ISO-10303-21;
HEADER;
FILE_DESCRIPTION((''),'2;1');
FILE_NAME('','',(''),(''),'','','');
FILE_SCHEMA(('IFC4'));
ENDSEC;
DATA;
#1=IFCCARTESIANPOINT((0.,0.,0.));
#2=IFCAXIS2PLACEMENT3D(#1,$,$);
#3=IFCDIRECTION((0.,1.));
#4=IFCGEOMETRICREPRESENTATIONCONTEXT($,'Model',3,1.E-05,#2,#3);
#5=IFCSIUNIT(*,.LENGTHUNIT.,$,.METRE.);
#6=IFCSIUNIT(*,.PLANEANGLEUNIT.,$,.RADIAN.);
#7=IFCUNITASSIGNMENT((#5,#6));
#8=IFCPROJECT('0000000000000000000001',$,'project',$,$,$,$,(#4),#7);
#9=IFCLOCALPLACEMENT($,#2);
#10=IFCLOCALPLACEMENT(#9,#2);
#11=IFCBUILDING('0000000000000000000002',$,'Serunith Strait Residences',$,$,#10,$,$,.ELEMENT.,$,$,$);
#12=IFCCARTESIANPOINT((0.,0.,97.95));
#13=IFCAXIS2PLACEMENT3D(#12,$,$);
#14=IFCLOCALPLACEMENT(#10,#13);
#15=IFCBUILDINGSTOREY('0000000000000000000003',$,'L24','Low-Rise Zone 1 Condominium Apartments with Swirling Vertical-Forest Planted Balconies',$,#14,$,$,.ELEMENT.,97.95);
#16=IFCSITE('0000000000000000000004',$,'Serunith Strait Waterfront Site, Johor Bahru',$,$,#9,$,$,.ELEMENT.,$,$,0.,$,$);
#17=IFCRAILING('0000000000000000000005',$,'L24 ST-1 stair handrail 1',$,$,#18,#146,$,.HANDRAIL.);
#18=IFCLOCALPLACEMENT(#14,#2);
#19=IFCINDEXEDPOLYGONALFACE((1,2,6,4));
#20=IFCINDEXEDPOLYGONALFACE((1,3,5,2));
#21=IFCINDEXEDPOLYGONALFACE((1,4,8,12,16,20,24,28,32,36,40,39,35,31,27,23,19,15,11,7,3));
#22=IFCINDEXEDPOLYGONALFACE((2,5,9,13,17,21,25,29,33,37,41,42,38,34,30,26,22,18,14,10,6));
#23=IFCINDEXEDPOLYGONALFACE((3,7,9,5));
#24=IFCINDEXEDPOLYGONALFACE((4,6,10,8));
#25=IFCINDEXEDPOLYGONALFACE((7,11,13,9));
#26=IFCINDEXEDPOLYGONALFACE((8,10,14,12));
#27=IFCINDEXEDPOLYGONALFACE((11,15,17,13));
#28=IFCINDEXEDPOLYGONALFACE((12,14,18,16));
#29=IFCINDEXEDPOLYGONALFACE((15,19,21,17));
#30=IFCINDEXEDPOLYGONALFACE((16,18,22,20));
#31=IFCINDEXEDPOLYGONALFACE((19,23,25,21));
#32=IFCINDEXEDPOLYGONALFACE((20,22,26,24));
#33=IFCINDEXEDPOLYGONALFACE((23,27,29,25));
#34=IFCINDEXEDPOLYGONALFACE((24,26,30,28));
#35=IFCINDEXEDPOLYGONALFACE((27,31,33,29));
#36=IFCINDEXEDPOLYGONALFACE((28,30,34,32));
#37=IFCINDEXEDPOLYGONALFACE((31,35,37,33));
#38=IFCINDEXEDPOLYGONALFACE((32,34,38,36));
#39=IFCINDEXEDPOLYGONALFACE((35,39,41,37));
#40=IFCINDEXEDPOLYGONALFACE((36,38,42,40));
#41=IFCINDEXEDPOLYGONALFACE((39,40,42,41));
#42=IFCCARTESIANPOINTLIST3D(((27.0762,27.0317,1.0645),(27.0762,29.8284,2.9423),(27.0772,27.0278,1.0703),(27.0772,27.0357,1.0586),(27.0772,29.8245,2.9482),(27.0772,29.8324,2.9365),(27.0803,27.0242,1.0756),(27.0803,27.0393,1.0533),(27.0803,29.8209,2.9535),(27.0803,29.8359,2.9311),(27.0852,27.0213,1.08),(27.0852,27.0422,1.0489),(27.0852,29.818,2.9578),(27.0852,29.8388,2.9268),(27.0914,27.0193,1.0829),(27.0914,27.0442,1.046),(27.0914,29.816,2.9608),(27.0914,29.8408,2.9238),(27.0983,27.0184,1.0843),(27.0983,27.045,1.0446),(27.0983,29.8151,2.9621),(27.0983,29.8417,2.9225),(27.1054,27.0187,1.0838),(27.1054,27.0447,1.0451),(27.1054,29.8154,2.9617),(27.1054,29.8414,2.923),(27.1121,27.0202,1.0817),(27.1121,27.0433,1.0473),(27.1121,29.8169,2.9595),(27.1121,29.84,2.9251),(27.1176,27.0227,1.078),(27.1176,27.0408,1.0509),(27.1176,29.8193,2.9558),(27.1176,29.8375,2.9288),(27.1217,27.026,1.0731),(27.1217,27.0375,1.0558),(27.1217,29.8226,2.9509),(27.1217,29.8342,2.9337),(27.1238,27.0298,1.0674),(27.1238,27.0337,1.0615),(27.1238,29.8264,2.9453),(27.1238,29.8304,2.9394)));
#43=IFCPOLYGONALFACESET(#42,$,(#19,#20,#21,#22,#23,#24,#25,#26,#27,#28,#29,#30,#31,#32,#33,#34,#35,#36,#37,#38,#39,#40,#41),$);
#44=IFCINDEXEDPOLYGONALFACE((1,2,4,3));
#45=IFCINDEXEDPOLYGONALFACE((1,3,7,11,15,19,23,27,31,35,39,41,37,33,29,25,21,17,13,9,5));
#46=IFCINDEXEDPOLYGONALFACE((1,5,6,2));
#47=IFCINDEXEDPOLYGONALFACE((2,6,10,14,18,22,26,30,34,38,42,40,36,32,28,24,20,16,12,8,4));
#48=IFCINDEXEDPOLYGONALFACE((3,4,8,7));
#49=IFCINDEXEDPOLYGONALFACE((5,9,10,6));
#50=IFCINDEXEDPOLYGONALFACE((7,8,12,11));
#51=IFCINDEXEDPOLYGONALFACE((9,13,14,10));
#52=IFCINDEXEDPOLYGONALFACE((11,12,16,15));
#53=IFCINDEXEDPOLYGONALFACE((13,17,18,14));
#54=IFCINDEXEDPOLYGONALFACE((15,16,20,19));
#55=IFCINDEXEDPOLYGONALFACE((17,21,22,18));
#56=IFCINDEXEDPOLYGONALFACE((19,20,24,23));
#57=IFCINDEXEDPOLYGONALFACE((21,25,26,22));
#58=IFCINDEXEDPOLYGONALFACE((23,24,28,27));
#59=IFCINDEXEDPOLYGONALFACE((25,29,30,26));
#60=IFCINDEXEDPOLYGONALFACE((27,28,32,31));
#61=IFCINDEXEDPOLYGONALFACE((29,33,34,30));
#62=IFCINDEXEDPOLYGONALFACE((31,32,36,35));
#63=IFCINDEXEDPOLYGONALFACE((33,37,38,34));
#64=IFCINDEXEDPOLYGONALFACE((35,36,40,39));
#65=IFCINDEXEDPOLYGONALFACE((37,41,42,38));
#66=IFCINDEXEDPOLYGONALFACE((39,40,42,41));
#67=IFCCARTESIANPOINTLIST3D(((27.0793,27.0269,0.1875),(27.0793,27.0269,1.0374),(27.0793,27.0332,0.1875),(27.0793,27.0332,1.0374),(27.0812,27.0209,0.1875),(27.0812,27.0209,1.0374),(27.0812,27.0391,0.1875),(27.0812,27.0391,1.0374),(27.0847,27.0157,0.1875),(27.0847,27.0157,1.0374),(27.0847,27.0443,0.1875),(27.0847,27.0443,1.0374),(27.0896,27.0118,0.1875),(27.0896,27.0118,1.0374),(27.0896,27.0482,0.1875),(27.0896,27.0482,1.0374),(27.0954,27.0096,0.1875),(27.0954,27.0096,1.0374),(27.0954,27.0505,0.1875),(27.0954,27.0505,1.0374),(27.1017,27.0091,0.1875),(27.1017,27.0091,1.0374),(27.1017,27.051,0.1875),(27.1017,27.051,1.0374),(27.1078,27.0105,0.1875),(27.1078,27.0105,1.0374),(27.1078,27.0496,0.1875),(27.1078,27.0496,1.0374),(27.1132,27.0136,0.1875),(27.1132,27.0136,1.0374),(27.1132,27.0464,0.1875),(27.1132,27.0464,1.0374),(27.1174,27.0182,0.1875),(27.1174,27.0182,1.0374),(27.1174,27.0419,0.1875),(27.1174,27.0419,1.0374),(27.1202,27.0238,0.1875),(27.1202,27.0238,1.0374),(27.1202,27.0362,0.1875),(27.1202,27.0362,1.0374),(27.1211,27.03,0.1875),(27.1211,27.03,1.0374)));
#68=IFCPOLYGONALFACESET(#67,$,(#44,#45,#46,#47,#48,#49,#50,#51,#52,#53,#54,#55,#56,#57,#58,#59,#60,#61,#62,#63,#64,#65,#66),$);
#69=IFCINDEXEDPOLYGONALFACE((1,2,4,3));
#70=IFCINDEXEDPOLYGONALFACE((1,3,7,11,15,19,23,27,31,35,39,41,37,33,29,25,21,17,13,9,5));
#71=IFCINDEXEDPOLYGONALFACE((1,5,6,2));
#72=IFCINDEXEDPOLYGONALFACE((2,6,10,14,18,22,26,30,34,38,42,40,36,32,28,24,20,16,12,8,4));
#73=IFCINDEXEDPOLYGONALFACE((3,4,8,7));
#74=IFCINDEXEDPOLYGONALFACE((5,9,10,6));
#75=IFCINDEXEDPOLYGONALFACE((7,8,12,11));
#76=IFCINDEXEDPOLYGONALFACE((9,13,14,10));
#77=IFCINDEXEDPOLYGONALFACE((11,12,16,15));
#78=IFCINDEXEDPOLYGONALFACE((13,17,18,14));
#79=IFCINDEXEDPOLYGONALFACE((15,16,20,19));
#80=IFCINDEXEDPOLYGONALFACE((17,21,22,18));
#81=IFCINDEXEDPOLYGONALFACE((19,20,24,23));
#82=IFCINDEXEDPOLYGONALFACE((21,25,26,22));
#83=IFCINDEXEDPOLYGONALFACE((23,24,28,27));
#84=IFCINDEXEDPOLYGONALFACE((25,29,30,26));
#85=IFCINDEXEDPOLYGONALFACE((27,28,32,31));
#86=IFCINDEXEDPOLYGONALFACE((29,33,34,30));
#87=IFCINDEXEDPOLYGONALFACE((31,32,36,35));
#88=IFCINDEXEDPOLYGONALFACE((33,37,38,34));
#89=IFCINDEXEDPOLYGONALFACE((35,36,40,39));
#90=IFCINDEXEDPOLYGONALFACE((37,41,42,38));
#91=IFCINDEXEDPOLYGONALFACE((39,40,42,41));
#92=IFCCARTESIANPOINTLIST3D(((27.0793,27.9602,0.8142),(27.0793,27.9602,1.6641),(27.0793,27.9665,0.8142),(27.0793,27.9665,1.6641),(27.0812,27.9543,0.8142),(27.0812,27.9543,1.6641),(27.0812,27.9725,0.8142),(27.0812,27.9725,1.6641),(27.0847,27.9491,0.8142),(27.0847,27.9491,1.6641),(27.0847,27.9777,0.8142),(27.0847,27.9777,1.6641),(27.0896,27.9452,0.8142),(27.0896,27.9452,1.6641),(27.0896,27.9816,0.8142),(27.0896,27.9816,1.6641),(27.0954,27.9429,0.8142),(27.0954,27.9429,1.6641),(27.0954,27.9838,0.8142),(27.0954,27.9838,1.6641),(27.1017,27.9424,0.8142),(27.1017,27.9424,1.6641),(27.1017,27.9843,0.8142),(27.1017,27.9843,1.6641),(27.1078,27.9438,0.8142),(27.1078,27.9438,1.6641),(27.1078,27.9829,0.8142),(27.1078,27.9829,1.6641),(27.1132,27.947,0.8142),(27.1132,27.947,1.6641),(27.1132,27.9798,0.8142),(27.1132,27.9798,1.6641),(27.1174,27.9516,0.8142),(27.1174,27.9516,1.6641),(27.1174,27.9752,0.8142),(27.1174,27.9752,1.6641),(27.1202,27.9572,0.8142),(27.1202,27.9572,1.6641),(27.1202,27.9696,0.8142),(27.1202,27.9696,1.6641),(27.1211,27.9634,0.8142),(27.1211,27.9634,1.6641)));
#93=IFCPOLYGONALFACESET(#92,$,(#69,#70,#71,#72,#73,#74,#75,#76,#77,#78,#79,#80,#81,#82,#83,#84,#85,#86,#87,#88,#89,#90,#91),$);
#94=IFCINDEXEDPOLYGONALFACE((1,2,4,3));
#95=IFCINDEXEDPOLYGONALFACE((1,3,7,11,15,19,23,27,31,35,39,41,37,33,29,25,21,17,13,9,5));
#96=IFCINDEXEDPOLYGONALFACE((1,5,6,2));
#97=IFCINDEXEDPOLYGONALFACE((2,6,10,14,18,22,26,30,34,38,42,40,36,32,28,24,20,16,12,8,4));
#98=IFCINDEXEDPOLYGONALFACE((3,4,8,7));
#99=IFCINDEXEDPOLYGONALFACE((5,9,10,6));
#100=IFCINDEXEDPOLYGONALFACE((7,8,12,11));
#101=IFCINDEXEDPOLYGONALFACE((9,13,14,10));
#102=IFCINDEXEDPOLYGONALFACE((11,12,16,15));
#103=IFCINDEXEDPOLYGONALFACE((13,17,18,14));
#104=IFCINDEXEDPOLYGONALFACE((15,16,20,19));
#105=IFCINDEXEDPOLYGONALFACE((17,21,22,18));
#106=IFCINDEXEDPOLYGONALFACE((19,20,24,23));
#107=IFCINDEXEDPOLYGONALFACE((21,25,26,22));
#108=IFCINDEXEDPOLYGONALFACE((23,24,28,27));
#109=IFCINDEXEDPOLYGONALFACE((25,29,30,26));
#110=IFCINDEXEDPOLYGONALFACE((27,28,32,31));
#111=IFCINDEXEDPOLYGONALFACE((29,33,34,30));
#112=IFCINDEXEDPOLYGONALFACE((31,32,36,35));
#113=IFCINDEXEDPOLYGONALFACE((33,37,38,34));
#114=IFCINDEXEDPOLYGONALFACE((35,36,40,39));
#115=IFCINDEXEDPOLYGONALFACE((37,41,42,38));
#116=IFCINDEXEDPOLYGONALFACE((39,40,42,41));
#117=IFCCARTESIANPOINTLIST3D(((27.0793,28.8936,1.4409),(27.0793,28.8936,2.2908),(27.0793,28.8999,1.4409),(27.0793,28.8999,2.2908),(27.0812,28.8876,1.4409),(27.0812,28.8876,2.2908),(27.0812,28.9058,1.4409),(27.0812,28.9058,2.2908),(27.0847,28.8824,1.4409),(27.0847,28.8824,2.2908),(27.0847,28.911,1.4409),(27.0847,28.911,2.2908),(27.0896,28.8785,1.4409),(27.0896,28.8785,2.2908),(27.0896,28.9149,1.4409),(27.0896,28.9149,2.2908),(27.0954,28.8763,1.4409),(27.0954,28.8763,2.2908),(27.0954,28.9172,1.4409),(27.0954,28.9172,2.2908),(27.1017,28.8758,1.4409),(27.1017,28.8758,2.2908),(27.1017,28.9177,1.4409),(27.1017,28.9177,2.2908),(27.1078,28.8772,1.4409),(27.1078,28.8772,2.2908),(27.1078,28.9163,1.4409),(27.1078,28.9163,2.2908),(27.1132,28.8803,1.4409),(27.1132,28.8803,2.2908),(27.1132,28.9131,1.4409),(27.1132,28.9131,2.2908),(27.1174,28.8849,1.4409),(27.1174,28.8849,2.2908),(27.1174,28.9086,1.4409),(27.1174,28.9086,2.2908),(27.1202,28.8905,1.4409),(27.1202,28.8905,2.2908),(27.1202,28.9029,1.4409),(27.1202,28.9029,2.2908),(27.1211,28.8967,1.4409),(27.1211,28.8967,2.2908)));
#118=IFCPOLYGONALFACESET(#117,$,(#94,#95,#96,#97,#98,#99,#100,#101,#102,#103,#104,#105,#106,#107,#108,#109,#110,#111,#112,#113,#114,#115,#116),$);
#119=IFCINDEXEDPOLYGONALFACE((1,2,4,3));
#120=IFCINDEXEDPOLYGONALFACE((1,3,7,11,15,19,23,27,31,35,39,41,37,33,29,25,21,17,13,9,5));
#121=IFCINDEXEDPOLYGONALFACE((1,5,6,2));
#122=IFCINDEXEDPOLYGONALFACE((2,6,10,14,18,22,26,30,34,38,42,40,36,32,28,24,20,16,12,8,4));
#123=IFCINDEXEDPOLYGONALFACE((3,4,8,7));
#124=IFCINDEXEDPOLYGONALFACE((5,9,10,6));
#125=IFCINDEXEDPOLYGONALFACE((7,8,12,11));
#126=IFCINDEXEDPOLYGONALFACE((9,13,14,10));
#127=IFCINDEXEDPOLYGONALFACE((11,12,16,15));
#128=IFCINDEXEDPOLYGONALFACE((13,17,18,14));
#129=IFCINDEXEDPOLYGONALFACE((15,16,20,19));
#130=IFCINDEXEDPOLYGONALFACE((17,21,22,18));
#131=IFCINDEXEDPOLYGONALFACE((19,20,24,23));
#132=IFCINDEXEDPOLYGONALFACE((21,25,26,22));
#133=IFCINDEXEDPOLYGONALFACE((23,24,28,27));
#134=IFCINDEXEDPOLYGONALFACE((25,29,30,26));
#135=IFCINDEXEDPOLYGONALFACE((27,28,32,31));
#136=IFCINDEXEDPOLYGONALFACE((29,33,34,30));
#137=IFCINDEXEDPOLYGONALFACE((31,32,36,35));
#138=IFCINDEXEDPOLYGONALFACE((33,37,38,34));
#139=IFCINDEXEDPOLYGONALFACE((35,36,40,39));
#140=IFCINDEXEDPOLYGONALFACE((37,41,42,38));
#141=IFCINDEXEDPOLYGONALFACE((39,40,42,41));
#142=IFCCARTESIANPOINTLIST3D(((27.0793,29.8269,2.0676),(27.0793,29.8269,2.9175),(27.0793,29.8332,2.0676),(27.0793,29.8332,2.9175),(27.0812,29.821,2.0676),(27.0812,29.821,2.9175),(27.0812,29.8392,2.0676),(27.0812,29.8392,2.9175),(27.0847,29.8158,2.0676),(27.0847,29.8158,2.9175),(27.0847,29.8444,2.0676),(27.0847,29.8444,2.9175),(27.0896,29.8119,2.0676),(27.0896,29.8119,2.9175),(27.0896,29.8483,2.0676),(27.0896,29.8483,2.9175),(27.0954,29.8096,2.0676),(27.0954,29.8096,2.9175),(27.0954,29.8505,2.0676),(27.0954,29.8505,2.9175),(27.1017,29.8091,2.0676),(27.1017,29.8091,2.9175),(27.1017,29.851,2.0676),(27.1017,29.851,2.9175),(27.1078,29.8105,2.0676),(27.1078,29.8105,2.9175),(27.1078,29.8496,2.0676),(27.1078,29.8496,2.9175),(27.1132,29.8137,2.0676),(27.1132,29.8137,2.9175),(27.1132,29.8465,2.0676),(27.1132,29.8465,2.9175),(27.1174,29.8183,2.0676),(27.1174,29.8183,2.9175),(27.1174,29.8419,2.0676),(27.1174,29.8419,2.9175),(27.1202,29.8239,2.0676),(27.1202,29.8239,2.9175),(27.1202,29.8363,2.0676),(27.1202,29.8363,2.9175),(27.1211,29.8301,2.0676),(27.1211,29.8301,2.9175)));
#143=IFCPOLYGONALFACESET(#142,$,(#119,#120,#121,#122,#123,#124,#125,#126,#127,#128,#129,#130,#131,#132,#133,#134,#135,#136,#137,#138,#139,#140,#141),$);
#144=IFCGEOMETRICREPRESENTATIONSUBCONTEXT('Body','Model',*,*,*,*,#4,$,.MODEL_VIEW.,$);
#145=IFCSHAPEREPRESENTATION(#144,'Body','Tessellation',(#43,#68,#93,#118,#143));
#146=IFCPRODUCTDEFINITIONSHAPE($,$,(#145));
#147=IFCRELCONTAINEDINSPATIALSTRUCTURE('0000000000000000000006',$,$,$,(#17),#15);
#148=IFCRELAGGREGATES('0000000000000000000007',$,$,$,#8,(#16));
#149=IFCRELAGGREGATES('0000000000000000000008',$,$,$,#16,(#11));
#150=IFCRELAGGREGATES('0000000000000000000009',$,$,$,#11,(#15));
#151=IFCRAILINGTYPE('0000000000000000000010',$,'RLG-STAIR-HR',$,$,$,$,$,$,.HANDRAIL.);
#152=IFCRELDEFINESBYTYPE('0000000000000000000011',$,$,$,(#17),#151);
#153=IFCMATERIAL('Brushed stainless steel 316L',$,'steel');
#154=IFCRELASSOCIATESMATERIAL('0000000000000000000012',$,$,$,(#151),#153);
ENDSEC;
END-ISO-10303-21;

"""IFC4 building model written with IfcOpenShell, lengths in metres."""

from ifc_helpers import new_model, si_unit, direction, frame, origin, origin_2d, place, context, subcontext, project, spatial, circle, extrude, material, type_object, element, save


model = new_model("IFC4")

# Units and contexts
model_context = context("Model", 3, precision=1e-05, world=origin(), true_north=direction((0.0, 1.0)))
body_context = subcontext(model_context, "Body", "Model", "MODEL_VIEW")
ifc_project = project(units=[si_unit("LENGTHUNIT", "METRE"), si_unit("PLANEANGLEUNIT", "RADIAN")], contexts=[model_context])

# Site, building, storey
site_placement = place(None, origin())
site = spatial("IfcSite", under=ifc_project, at=site_placement, Name="Serunith Strait Waterfront Site, Johor Bahru", CompositionType="ELEMENT", RefElevation=0.0)
building_placement = place(site_placement, origin())
building = spatial("IfcBuilding", under=site, at=building_placement, Name="Serunith Strait Residences", CompositionType="ELEMENT")
storey_placement = place(building_placement, frame((0.0, 0.0, 97.95)))
storey = spatial("IfcBuildingStorey", under=building, at=storey_placement, Name="L24", Description="Low-Rise Zone 1 Condominium Apartments with Swirling Vertical-Forest Planted Balconies", CompositionType="ELEMENT", Elevation=97.95)

# Railing
ifc_material_1 = material(Name="Brushed stainless steel 316L", Category="steel")
railing_type_1 = type_object("IfcRailingType", Name="RLG-STAIR-HR", PredefinedType="HANDRAIL", material=ifc_material_1)
railing_1_placement = place(storey_placement, frame((27.1001, 27.03, 0.1875)))
element("IfcRailing", 1, at=railing_1_placement, inside=storey, type_object=railing_type_1, Name="L24 ST-1 stair handrail 1", PredefinedType="HANDRAIL", context=body_context, shape_type="SweptSolid", body=[
    extrude(circle(Radius=0.0239, at=origin_2d()), frame((0.0, 0.0017, 0.877), z_axis=(0.0, 0.830208, 0.557453), x_axis=(-1.0, 0.0, 0.0)), (0.0, 0.0, 1.0), 3.3687),
    extrude(circle(Radius=0.021, at=origin_2d()), origin(), (0.0, 0.0, 1.0), 0.8499),
    extrude(circle(Radius=0.021, at=origin_2d()), frame((0.0, 0.9333, 0.6267)), (0.0, 0.0, 1.0), 0.8499),
    extrude(circle(Radius=0.021, at=origin_2d()), frame((0.0, 1.8667, 1.2534)), (0.0, 0.0, 1.0), 0.8499),
    extrude(circle(Radius=0.021, at=origin_2d()), frame((0.0, 2.8, 1.8801)), (0.0, 0.0, 1.0), 0.8499),
])

save(model, "model.ifc")
